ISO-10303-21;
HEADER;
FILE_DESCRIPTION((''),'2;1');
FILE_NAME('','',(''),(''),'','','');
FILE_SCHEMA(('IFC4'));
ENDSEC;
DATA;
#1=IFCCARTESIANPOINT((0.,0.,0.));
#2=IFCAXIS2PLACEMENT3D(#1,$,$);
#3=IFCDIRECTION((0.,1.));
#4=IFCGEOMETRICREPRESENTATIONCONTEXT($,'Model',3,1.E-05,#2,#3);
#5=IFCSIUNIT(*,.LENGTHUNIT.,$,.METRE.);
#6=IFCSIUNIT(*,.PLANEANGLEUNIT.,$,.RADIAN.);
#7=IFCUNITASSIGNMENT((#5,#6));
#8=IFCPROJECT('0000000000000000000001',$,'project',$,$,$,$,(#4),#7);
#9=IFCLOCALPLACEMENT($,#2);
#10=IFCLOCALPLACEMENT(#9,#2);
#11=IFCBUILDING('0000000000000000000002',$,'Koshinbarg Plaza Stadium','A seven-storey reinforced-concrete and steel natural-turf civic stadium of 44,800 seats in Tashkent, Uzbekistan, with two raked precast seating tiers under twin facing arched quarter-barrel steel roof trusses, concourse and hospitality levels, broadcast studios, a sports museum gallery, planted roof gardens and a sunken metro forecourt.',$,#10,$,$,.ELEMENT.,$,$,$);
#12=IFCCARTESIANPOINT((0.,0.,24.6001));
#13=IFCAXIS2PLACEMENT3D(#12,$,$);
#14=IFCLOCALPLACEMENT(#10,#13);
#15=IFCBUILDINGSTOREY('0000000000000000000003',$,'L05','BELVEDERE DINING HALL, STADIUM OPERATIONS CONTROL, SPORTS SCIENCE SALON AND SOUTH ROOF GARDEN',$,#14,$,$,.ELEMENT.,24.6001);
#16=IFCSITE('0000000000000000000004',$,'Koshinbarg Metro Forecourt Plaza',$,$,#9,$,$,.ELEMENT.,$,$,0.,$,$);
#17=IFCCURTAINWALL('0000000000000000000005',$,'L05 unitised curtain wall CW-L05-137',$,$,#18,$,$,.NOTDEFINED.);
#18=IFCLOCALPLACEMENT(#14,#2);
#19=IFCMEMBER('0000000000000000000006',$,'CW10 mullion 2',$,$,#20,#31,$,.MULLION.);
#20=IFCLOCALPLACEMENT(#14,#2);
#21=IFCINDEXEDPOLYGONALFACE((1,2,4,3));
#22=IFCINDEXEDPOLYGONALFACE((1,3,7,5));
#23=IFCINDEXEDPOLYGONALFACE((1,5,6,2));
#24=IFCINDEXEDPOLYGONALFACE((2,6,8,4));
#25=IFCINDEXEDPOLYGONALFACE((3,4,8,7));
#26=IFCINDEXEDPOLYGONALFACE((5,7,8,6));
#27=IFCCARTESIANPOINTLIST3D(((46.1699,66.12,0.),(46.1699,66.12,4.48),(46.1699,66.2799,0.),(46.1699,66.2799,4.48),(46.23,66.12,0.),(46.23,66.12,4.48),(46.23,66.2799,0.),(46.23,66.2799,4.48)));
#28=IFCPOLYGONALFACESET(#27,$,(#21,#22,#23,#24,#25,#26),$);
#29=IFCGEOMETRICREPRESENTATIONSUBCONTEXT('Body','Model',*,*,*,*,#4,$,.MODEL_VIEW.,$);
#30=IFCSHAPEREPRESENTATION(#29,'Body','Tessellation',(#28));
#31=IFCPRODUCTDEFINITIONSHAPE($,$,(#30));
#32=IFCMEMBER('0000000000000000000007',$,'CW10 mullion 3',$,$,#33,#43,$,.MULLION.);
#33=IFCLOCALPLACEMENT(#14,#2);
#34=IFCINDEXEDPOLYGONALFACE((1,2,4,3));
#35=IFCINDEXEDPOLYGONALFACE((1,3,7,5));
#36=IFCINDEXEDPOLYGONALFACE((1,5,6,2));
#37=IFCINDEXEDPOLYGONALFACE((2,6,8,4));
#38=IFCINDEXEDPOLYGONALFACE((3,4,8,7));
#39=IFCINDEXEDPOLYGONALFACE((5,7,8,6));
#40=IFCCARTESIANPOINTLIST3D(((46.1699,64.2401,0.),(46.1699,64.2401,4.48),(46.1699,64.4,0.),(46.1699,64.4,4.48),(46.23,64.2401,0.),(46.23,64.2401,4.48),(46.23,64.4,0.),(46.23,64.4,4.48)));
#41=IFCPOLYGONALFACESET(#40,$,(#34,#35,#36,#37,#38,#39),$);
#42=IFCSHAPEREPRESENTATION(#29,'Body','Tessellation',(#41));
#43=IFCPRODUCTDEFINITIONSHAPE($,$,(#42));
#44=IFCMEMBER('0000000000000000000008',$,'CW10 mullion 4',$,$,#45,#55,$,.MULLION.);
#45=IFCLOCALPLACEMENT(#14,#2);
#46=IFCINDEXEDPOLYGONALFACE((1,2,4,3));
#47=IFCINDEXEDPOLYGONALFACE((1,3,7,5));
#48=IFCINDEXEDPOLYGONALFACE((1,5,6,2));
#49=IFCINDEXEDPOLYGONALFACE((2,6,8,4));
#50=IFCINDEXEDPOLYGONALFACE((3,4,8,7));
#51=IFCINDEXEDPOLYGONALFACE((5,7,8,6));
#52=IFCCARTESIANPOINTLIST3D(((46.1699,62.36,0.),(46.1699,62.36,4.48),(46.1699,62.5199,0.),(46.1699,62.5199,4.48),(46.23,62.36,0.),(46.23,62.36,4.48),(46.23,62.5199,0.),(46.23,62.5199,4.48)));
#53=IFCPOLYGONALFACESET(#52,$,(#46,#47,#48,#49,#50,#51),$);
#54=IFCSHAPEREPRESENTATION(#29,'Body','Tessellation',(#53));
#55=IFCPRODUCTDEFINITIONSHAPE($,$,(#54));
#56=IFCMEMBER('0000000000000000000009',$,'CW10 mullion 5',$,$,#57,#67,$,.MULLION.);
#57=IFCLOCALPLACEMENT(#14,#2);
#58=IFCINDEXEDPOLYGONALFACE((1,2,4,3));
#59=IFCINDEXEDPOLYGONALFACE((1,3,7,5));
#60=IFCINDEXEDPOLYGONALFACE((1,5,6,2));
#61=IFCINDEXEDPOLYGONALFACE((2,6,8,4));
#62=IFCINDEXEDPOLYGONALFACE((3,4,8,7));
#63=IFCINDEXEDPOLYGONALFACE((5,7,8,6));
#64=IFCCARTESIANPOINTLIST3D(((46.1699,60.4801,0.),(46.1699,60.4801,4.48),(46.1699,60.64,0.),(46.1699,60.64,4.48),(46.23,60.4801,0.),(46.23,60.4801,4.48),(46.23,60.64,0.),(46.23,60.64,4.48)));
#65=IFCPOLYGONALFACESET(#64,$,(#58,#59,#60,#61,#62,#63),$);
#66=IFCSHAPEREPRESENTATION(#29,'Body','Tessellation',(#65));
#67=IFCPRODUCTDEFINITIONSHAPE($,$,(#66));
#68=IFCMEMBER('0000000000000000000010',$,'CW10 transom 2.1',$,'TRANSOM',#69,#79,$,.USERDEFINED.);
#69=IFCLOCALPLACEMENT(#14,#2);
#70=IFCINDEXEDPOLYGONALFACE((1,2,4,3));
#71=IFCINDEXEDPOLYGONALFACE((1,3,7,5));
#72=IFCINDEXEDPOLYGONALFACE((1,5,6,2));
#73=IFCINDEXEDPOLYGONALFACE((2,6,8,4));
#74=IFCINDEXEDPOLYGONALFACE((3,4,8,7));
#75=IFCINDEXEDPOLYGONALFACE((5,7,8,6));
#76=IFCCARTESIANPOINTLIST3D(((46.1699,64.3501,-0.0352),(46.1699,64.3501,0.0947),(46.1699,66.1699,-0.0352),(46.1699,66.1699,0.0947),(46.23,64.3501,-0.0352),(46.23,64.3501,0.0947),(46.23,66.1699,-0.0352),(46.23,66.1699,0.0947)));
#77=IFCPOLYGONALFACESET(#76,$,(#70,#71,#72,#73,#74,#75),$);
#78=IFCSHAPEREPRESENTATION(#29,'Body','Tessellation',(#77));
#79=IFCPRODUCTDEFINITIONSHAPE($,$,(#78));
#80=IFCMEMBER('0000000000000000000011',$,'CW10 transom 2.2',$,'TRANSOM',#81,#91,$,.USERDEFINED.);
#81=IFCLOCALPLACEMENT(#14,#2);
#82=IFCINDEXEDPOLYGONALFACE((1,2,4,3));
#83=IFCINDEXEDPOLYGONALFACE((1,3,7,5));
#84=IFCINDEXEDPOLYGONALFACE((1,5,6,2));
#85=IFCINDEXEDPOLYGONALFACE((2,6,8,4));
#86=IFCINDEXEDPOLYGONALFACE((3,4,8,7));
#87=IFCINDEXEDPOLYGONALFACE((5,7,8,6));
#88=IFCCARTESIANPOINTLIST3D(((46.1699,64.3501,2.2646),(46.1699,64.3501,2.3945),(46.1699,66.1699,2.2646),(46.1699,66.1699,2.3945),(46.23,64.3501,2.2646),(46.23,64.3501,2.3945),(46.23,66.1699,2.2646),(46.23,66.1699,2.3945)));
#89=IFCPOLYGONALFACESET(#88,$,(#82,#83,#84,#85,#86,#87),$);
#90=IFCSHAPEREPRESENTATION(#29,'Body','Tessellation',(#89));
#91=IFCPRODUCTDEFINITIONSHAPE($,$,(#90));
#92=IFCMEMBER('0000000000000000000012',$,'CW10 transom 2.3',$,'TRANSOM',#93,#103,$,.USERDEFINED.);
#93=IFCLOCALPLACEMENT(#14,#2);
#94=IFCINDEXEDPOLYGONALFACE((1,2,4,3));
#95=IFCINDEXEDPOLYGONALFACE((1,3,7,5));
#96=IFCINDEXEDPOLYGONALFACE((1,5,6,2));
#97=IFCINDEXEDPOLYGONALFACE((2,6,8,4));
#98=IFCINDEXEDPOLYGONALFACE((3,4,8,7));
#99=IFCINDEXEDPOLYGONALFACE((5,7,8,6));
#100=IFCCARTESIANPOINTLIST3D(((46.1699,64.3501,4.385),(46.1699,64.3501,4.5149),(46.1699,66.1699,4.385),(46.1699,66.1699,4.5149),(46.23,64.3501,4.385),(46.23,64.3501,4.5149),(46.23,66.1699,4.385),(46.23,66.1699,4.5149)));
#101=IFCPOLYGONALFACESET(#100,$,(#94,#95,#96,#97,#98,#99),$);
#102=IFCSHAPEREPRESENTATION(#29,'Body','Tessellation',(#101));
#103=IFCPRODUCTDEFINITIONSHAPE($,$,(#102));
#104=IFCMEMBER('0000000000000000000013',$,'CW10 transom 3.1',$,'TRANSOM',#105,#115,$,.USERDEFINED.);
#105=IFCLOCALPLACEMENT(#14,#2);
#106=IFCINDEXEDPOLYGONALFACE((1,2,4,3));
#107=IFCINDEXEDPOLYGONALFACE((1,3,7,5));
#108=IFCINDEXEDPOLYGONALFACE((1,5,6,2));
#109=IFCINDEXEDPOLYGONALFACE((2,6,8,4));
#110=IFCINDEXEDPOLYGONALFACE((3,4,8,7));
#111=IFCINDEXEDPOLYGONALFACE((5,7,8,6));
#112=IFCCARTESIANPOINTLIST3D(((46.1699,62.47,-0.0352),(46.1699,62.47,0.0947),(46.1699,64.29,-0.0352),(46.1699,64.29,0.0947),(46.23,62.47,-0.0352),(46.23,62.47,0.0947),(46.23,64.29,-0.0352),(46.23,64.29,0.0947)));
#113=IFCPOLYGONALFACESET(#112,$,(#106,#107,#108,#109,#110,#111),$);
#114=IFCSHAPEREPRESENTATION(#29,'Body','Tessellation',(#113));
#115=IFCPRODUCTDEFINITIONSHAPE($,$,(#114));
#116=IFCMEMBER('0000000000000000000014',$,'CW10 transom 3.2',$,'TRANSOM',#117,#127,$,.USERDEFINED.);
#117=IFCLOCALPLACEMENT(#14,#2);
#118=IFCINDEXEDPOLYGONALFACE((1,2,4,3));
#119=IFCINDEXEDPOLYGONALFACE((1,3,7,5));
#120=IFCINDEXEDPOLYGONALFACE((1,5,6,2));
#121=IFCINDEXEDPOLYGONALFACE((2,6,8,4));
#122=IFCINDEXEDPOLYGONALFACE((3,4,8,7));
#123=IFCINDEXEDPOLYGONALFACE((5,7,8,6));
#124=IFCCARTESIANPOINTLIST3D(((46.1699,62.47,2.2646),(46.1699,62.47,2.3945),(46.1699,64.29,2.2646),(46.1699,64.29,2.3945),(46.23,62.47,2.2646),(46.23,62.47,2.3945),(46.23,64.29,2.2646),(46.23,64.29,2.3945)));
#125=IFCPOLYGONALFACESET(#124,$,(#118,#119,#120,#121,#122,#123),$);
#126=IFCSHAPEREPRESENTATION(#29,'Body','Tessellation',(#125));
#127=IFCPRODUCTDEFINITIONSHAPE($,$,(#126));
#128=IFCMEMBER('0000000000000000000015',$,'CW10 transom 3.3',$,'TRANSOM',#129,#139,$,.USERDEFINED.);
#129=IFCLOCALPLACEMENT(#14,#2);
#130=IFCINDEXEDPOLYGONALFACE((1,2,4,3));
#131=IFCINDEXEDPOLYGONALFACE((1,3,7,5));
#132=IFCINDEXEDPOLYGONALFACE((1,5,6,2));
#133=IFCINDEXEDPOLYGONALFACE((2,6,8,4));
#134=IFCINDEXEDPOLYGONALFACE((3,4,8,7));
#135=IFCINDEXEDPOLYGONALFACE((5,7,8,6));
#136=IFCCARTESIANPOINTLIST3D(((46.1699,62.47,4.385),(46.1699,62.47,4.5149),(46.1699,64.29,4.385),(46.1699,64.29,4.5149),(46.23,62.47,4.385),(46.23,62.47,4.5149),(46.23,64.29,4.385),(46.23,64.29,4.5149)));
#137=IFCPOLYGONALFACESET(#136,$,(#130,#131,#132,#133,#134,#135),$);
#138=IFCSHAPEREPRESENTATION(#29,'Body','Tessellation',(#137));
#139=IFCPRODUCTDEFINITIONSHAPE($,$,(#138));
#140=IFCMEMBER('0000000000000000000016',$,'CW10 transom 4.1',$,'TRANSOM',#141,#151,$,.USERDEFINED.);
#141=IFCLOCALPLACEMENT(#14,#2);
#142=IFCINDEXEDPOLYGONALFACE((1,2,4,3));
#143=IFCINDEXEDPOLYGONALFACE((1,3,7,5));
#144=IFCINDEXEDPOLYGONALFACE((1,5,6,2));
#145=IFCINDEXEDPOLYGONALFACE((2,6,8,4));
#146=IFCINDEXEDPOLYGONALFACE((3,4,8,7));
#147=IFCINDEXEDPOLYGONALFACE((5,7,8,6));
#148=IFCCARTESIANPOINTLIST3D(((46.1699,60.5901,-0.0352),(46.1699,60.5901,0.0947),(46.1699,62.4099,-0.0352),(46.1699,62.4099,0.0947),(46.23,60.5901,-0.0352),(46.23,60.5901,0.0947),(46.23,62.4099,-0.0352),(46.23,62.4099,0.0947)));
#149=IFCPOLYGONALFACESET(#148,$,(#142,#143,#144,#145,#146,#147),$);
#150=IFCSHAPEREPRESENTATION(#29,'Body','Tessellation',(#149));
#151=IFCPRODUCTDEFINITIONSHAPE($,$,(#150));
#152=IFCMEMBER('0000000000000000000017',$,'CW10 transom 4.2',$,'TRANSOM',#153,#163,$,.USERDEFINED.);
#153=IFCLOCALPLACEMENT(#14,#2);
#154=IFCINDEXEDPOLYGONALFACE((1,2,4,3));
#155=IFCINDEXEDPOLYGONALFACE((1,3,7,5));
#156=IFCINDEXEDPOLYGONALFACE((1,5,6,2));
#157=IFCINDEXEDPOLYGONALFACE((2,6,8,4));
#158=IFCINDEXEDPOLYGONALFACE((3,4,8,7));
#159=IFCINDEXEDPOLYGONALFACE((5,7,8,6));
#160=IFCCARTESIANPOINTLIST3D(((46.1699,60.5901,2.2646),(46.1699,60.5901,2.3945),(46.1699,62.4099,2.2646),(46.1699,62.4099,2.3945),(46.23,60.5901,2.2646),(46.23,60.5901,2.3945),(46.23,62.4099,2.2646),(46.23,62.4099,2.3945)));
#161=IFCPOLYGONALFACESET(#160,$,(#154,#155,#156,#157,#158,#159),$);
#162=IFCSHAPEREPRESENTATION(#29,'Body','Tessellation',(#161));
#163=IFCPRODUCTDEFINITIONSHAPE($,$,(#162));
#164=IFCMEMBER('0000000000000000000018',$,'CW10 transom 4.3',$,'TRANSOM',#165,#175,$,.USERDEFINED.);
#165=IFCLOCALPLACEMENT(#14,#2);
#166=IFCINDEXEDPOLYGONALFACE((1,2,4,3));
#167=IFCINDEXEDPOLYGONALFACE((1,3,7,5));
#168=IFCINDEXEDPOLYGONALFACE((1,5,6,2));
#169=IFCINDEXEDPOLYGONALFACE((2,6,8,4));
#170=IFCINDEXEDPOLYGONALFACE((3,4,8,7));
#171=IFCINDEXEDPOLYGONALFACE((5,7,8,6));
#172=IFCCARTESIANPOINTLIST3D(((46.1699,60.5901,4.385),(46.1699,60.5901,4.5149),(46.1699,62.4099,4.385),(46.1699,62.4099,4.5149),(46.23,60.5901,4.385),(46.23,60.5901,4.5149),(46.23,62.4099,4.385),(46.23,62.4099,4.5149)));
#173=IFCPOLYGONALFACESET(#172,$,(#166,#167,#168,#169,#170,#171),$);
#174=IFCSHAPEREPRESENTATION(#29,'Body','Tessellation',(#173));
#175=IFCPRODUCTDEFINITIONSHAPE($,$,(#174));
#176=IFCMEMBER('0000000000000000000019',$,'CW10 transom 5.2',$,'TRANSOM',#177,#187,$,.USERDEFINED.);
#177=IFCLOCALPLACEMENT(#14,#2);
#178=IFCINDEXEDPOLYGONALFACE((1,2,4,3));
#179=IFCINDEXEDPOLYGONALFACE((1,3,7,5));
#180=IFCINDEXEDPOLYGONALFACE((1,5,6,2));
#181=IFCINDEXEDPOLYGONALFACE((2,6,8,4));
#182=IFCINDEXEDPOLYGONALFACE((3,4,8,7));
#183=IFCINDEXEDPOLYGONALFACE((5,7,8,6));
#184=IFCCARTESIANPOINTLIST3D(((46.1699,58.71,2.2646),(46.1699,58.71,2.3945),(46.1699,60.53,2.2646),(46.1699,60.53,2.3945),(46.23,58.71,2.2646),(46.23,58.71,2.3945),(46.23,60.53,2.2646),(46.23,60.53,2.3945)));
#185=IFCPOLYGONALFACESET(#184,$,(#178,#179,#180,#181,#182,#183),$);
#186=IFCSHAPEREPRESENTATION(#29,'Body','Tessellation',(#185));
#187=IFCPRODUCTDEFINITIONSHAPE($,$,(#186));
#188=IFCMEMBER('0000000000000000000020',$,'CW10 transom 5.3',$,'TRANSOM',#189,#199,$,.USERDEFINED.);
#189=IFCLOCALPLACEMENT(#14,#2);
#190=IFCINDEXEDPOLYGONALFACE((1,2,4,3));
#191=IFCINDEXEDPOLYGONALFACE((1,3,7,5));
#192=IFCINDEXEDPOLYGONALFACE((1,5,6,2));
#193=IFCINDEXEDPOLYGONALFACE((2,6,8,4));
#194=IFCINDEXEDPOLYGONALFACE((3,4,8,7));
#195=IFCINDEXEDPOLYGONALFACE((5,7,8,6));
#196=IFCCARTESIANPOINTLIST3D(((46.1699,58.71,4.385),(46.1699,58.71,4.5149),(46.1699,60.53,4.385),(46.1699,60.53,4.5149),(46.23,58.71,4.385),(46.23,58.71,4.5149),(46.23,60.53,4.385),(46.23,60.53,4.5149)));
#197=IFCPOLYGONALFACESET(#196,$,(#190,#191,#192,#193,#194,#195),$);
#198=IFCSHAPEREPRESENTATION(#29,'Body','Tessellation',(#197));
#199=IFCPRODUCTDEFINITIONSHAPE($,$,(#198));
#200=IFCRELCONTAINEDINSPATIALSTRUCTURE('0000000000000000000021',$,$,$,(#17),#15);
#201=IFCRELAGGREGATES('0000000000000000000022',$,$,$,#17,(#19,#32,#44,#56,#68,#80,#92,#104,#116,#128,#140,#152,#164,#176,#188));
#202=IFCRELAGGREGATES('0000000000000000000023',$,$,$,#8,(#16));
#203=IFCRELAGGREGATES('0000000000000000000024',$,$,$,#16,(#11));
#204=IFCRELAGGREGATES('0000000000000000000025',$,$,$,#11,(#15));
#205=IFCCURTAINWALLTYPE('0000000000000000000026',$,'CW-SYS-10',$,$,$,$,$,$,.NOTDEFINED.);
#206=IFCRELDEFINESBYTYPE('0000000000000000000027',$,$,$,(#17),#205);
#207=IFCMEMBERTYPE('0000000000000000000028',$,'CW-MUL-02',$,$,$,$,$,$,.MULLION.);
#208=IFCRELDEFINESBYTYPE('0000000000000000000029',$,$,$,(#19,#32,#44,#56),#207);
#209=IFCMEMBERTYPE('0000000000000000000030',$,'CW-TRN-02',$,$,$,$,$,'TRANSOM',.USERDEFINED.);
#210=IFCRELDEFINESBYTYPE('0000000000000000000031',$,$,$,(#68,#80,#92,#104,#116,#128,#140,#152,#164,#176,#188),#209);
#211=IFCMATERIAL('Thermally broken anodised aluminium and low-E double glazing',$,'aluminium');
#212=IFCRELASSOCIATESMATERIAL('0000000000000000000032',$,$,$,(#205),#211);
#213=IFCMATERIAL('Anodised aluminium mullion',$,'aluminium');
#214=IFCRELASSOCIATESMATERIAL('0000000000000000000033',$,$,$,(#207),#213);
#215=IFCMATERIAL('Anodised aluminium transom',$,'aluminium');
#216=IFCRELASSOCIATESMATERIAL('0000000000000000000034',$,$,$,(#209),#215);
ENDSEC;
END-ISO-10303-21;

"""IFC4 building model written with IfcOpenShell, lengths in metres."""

from ifc_helpers import new_model, si_unit, direction, frame, origin, origin_2d, place, context, subcontext, project, spatial, rectangle, extrude, material, material_profile, profile_set, type_object, element, aggregate, save


model = new_model("IFC4")

# Units and contexts
model_context = context("Model", 3, precision=1e-05, world=origin(), true_north=direction((0.0, 1.0)))
body_context = subcontext(model_context, "Body", "Model", "MODEL_VIEW")
ifc_project = project(units=[si_unit("LENGTHUNIT", "METRE"), si_unit("PLANEANGLEUNIT", "RADIAN")], contexts=[model_context])

# Site, building, storey
site_placement = place(None, origin())
site = spatial("IfcSite", under=ifc_project, at=site_placement, Name="Koshinbarg Metro Forecourt Plaza", CompositionType="ELEMENT", RefElevation=0.0)
building_placement = place(site_placement, origin())
building = spatial("IfcBuilding", under=site, at=building_placement, Name="Koshinbarg Plaza Stadium", Description="A seven-storey reinforced-concrete and steel natural-turf civic stadium of 44,800 seats in Tashkent, Uzbekistan, with two raked precast seating tiers under twin facing arched quarter-barrel steel roof trusses, concourse and hospitality levels, broadcast studios, a sports museum gallery, planted roof gardens and a sunken metro forecourt.", CompositionType="ELEMENT")
storey_placement = place(building_placement, frame((0.0, 0.0, 24.6001)))
storey = spatial("IfcBuildingStorey", under=building, at=storey_placement, Name="L05", Description="BELVEDERE DINING HALL, STADIUM OPERATIONS CONTROL, SPORTS SCIENCE SALON AND SOUTH ROOF GARDEN", CompositionType="ELEMENT", Elevation=24.6001)

# Curtain wall, members
ifc_material_1 = material(Name="Thermally broken anodised aluminium and low-E double glazing", Category="aluminium")
curtain_wall_type = type_object("IfcCurtainWallType", Name="CW-SYS-10", PredefinedType="NOTDEFINED", material=ifc_material_1)
curtain_wall_placement = place(storey_placement, origin())
curtain_wall = element("IfcCurtainWall", 1, at=curtain_wall_placement, inside=storey, type_object=curtain_wall_type, Name="L05 unitised curtain wall CW-L05-137", PredefinedType="NOTDEFINED")
ifc_material_2 = material(Name="Anodised aluminium mullion", Category="aluminium")
ifc_material_profile_1 = material_profile(ifc_material_2, rectangle(XDim=0.0601, YDim=0.1599, at=origin_2d()), Name="ALU 60x160")
ifc_profile_set_1 = profile_set([ifc_material_profile_1], Name="Anodised aluminium mullion")
member_type_1 = type_object("IfcMemberType", Name="CW-MUL-02", PredefinedType="MULLION", material=ifc_profile_set_1)
member_1_placement = place(storey_placement, frame((46.2, 66.2, 0.0), z_axis=(0.0, 0.0, 1.0), x_axis=(1.0, 0.0, 0.0)))
member_1 = element("IfcMember", 2, at=member_1_placement, type_object=member_type_1, Name="CW10 mullion 2", PredefinedType="MULLION", context=body_context, shape_type="SweptSolid", body=[
    extrude(rectangle(XDim=0.0601, YDim=0.1599, at=origin_2d()), origin(), (0.0, 0.0, 1.0), 4.48),
])
member_2_placement = place(storey_placement, frame((46.2, 64.3201, 0.0), z_axis=(0.0, 0.0, 1.0), x_axis=(1.0, 0.0, 0.0)))
member_2 = element("IfcMember", 3, at=member_2_placement, type_object=member_type_1, Name="CW10 mullion 3", PredefinedType="MULLION", context=body_context, shape_type="SweptSolid", body=[
    extrude(rectangle(XDim=0.0601, YDim=0.1599, at=origin_2d()), origin(), (0.0, 0.0, 1.0), 4.48),
])
member_3_placement = place(storey_placement, frame((46.2, 62.4399, 0.0), z_axis=(0.0, 0.0, 1.0), x_axis=(1.0, 0.0, 0.0)))
member_3 = element("IfcMember", 4, at=member_3_placement, type_object=member_type_1, Name="CW10 mullion 4", PredefinedType="MULLION", context=body_context, shape_type="SweptSolid", body=[
    extrude(rectangle(XDim=0.0601, YDim=0.1599, at=origin_2d()), origin(), (0.0, 0.0, 1.0), 4.48),
])
member_4_placement = place(storey_placement, frame((46.2, 60.5601, 0.0), z_axis=(0.0, 0.0, 1.0), x_axis=(1.0, 0.0, 0.0)))
member_4 = element("IfcMember", 5, at=member_4_placement, type_object=member_type_1, Name="CW10 mullion 5", PredefinedType="MULLION", context=body_context, shape_type="SweptSolid", body=[
    extrude(rectangle(XDim=0.0601, YDim=0.1599, at=origin_2d()), origin(), (0.0, 0.0, 1.0), 4.48),
])
ifc_material_3 = material(Name="Anodised aluminium transom", Category="aluminium")
ifc_material_profile_2 = material_profile(ifc_material_3, rectangle(XDim=0.0601, YDim=0.1299, at=origin_2d()), Name="ALU 60x130")
ifc_profile_set_2 = profile_set([ifc_material_profile_2], Name="Anodised aluminium transom")
member_type_2 = type_object("IfcMemberType", Name="CW-TRN-02", ElementType="TRANSOM", PredefinedType="USERDEFINED", material=ifc_profile_set_2)
member_5_placement = place(storey_placement, frame((46.2, 66.1699, 0.0298), z_axis=(0.0, -1.0, 0.0), x_axis=(1.0, 0.0, 0.0)))
member_5 = element("IfcMember", 6, at=member_5_placement, type_object=member_type_2, Name="CW10 transom 2.1", ObjectType="TRANSOM", PredefinedType="USERDEFINED", context=body_context, shape_type="SweptSolid", body=[
    extrude(rectangle(XDim=0.0601, YDim=0.1299, at=origin_2d()), origin(), (0.0, 0.0, 1.0), 1.8198),
])
member_6_placement = place(storey_placement, frame((46.2, 66.1699, 2.3296), z_axis=(0.0, -1.0, 0.0), x_axis=(1.0, 0.0, 0.0)))
member_6 = element("IfcMember", 7, at=member_6_placement, type_object=member_type_2, Name="CW10 transom 2.2", ObjectType="TRANSOM", PredefinedType="USERDEFINED", context=body_context, shape_type="SweptSolid", body=[
    extrude(rectangle(XDim=0.0601, YDim=0.1299, at=origin_2d()), origin(), (0.0, 0.0, 1.0), 1.8198),
])
member_7_placement = place(storey_placement, frame((46.2, 66.1699, 4.45), z_axis=(0.0, -1.0, 0.0), x_axis=(1.0, 0.0, 0.0)))
member_7 = element("IfcMember", 8, at=member_7_placement, type_object=member_type_2, Name="CW10 transom 2.3", ObjectType="TRANSOM", PredefinedType="USERDEFINED", context=body_context, shape_type="SweptSolid", body=[
    extrude(rectangle(XDim=0.0601, YDim=0.1299, at=origin_2d()), origin(), (0.0, 0.0, 1.0), 1.8198),
])
member_8_placement = place(storey_placement, frame((46.2, 64.29, 0.0298), z_axis=(0.0, -1.0, 0.0), x_axis=(1.0, 0.0, 0.0)))
member_8 = element("IfcMember", 9, at=member_8_placement, type_object=member_type_2, Name="CW10 transom 3.1", ObjectType="TRANSOM", PredefinedType="USERDEFINED", context=body_context, shape_type="SweptSolid", body=[
    extrude(rectangle(XDim=0.0601, YDim=0.1299, at=origin_2d()), origin(), (0.0, 0.0, 1.0), 1.8201),
])
member_9_placement = place(storey_placement, frame((46.2, 64.29, 2.3296), z_axis=(0.0, -1.0, 0.0), x_axis=(1.0, 0.0, 0.0)))
member_9 = element("IfcMember", 10, at=member_9_placement, type_object=member_type_2, Name="CW10 transom 3.2", ObjectType="TRANSOM", PredefinedType="USERDEFINED", context=body_context, shape_type="SweptSolid", body=[
    extrude(rectangle(XDim=0.0601, YDim=0.1299, at=origin_2d()), origin(), (0.0, 0.0, 1.0), 1.8201),
])
member_10_placement = place(storey_placement, frame((46.2, 64.29, 4.45), z_axis=(0.0, -1.0, 0.0), x_axis=(1.0, 0.0, 0.0)))
member_10 = element("IfcMember", 11, at=member_10_placement, type_object=member_type_2, Name="CW10 transom 3.3", ObjectType="TRANSOM", PredefinedType="USERDEFINED", context=body_context, shape_type="SweptSolid", body=[
    extrude(rectangle(XDim=0.0601, YDim=0.1299, at=origin_2d()), origin(), (0.0, 0.0, 1.0), 1.8201),
])
member_11_placement = place(storey_placement, frame((46.2, 62.4099, 0.0298), z_axis=(0.0, -1.0, 0.0), x_axis=(1.0, 0.0, 0.0)))
member_11 = element("IfcMember", 12, at=member_11_placement, type_object=member_type_2, Name="CW10 transom 4.1", ObjectType="TRANSOM", PredefinedType="USERDEFINED", context=body_context, shape_type="SweptSolid", body=[
    extrude(rectangle(XDim=0.0601, YDim=0.1299, at=origin_2d()), origin(), (0.0, 0.0, 1.0), 1.8198),
])
member_12_placement = place(storey_placement, frame((46.2, 62.4099, 2.3296), z_axis=(0.0, -1.0, 0.0), x_axis=(1.0, 0.0, 0.0)))
member_12 = element("IfcMember", 13, at=member_12_placement, type_object=member_type_2, Name="CW10 transom 4.2", ObjectType="TRANSOM", PredefinedType="USERDEFINED", context=body_context, shape_type="SweptSolid", body=[
    extrude(rectangle(XDim=0.0601, YDim=0.1299, at=origin_2d()), origin(), (0.0, 0.0, 1.0), 1.8198),
])
member_13_placement = place(storey_placement, frame((46.2, 62.4099, 4.45), z_axis=(0.0, -1.0, 0.0), x_axis=(1.0, 0.0, 0.0)))
member_13 = element("IfcMember", 14, at=member_13_placement, type_object=member_type_2, Name="CW10 transom 4.3", ObjectType="TRANSOM", PredefinedType="USERDEFINED", context=body_context, shape_type="SweptSolid", body=[
    extrude(rectangle(XDim=0.0601, YDim=0.1299, at=origin_2d()), origin(), (0.0, 0.0, 1.0), 1.8198),
])
member_14_placement = place(storey_placement, frame((46.2, 60.53, 2.3296), z_axis=(0.0, -1.0, 0.0), x_axis=(1.0, 0.0, 0.0)))
member_14 = element("IfcMember", 15, at=member_14_placement, type_object=member_type_2, Name="CW10 transom 5.2", ObjectType="TRANSOM", PredefinedType="USERDEFINED", context=body_context, shape_type="SweptSolid", body=[
    extrude(rectangle(XDim=0.0601, YDim=0.1299, at=origin_2d()), origin(), (0.0, 0.0, 1.0), 1.8201),
])
member_15_placement = place(storey_placement, frame((46.2, 60.53, 4.45), z_axis=(0.0, -1.0, 0.0), x_axis=(1.0, 0.0, 0.0)))
member_15 = element("IfcMember", 16, at=member_15_placement, type_object=member_type_2, Name="CW10 transom 5.3", ObjectType="TRANSOM", PredefinedType="USERDEFINED", context=body_context, shape_type="SweptSolid", body=[
    extrude(rectangle(XDim=0.0601, YDim=0.1299, at=origin_2d()), origin(), (0.0, 0.0, 1.0), 1.8201),
])
aggregate(curtain_wall, [member_1, member_2, member_3, member_4, member_5, member_6, member_7, member_8, member_9, member_10, member_11, member_12, member_13, member_14, member_15])

save(model, "model.ifc")
